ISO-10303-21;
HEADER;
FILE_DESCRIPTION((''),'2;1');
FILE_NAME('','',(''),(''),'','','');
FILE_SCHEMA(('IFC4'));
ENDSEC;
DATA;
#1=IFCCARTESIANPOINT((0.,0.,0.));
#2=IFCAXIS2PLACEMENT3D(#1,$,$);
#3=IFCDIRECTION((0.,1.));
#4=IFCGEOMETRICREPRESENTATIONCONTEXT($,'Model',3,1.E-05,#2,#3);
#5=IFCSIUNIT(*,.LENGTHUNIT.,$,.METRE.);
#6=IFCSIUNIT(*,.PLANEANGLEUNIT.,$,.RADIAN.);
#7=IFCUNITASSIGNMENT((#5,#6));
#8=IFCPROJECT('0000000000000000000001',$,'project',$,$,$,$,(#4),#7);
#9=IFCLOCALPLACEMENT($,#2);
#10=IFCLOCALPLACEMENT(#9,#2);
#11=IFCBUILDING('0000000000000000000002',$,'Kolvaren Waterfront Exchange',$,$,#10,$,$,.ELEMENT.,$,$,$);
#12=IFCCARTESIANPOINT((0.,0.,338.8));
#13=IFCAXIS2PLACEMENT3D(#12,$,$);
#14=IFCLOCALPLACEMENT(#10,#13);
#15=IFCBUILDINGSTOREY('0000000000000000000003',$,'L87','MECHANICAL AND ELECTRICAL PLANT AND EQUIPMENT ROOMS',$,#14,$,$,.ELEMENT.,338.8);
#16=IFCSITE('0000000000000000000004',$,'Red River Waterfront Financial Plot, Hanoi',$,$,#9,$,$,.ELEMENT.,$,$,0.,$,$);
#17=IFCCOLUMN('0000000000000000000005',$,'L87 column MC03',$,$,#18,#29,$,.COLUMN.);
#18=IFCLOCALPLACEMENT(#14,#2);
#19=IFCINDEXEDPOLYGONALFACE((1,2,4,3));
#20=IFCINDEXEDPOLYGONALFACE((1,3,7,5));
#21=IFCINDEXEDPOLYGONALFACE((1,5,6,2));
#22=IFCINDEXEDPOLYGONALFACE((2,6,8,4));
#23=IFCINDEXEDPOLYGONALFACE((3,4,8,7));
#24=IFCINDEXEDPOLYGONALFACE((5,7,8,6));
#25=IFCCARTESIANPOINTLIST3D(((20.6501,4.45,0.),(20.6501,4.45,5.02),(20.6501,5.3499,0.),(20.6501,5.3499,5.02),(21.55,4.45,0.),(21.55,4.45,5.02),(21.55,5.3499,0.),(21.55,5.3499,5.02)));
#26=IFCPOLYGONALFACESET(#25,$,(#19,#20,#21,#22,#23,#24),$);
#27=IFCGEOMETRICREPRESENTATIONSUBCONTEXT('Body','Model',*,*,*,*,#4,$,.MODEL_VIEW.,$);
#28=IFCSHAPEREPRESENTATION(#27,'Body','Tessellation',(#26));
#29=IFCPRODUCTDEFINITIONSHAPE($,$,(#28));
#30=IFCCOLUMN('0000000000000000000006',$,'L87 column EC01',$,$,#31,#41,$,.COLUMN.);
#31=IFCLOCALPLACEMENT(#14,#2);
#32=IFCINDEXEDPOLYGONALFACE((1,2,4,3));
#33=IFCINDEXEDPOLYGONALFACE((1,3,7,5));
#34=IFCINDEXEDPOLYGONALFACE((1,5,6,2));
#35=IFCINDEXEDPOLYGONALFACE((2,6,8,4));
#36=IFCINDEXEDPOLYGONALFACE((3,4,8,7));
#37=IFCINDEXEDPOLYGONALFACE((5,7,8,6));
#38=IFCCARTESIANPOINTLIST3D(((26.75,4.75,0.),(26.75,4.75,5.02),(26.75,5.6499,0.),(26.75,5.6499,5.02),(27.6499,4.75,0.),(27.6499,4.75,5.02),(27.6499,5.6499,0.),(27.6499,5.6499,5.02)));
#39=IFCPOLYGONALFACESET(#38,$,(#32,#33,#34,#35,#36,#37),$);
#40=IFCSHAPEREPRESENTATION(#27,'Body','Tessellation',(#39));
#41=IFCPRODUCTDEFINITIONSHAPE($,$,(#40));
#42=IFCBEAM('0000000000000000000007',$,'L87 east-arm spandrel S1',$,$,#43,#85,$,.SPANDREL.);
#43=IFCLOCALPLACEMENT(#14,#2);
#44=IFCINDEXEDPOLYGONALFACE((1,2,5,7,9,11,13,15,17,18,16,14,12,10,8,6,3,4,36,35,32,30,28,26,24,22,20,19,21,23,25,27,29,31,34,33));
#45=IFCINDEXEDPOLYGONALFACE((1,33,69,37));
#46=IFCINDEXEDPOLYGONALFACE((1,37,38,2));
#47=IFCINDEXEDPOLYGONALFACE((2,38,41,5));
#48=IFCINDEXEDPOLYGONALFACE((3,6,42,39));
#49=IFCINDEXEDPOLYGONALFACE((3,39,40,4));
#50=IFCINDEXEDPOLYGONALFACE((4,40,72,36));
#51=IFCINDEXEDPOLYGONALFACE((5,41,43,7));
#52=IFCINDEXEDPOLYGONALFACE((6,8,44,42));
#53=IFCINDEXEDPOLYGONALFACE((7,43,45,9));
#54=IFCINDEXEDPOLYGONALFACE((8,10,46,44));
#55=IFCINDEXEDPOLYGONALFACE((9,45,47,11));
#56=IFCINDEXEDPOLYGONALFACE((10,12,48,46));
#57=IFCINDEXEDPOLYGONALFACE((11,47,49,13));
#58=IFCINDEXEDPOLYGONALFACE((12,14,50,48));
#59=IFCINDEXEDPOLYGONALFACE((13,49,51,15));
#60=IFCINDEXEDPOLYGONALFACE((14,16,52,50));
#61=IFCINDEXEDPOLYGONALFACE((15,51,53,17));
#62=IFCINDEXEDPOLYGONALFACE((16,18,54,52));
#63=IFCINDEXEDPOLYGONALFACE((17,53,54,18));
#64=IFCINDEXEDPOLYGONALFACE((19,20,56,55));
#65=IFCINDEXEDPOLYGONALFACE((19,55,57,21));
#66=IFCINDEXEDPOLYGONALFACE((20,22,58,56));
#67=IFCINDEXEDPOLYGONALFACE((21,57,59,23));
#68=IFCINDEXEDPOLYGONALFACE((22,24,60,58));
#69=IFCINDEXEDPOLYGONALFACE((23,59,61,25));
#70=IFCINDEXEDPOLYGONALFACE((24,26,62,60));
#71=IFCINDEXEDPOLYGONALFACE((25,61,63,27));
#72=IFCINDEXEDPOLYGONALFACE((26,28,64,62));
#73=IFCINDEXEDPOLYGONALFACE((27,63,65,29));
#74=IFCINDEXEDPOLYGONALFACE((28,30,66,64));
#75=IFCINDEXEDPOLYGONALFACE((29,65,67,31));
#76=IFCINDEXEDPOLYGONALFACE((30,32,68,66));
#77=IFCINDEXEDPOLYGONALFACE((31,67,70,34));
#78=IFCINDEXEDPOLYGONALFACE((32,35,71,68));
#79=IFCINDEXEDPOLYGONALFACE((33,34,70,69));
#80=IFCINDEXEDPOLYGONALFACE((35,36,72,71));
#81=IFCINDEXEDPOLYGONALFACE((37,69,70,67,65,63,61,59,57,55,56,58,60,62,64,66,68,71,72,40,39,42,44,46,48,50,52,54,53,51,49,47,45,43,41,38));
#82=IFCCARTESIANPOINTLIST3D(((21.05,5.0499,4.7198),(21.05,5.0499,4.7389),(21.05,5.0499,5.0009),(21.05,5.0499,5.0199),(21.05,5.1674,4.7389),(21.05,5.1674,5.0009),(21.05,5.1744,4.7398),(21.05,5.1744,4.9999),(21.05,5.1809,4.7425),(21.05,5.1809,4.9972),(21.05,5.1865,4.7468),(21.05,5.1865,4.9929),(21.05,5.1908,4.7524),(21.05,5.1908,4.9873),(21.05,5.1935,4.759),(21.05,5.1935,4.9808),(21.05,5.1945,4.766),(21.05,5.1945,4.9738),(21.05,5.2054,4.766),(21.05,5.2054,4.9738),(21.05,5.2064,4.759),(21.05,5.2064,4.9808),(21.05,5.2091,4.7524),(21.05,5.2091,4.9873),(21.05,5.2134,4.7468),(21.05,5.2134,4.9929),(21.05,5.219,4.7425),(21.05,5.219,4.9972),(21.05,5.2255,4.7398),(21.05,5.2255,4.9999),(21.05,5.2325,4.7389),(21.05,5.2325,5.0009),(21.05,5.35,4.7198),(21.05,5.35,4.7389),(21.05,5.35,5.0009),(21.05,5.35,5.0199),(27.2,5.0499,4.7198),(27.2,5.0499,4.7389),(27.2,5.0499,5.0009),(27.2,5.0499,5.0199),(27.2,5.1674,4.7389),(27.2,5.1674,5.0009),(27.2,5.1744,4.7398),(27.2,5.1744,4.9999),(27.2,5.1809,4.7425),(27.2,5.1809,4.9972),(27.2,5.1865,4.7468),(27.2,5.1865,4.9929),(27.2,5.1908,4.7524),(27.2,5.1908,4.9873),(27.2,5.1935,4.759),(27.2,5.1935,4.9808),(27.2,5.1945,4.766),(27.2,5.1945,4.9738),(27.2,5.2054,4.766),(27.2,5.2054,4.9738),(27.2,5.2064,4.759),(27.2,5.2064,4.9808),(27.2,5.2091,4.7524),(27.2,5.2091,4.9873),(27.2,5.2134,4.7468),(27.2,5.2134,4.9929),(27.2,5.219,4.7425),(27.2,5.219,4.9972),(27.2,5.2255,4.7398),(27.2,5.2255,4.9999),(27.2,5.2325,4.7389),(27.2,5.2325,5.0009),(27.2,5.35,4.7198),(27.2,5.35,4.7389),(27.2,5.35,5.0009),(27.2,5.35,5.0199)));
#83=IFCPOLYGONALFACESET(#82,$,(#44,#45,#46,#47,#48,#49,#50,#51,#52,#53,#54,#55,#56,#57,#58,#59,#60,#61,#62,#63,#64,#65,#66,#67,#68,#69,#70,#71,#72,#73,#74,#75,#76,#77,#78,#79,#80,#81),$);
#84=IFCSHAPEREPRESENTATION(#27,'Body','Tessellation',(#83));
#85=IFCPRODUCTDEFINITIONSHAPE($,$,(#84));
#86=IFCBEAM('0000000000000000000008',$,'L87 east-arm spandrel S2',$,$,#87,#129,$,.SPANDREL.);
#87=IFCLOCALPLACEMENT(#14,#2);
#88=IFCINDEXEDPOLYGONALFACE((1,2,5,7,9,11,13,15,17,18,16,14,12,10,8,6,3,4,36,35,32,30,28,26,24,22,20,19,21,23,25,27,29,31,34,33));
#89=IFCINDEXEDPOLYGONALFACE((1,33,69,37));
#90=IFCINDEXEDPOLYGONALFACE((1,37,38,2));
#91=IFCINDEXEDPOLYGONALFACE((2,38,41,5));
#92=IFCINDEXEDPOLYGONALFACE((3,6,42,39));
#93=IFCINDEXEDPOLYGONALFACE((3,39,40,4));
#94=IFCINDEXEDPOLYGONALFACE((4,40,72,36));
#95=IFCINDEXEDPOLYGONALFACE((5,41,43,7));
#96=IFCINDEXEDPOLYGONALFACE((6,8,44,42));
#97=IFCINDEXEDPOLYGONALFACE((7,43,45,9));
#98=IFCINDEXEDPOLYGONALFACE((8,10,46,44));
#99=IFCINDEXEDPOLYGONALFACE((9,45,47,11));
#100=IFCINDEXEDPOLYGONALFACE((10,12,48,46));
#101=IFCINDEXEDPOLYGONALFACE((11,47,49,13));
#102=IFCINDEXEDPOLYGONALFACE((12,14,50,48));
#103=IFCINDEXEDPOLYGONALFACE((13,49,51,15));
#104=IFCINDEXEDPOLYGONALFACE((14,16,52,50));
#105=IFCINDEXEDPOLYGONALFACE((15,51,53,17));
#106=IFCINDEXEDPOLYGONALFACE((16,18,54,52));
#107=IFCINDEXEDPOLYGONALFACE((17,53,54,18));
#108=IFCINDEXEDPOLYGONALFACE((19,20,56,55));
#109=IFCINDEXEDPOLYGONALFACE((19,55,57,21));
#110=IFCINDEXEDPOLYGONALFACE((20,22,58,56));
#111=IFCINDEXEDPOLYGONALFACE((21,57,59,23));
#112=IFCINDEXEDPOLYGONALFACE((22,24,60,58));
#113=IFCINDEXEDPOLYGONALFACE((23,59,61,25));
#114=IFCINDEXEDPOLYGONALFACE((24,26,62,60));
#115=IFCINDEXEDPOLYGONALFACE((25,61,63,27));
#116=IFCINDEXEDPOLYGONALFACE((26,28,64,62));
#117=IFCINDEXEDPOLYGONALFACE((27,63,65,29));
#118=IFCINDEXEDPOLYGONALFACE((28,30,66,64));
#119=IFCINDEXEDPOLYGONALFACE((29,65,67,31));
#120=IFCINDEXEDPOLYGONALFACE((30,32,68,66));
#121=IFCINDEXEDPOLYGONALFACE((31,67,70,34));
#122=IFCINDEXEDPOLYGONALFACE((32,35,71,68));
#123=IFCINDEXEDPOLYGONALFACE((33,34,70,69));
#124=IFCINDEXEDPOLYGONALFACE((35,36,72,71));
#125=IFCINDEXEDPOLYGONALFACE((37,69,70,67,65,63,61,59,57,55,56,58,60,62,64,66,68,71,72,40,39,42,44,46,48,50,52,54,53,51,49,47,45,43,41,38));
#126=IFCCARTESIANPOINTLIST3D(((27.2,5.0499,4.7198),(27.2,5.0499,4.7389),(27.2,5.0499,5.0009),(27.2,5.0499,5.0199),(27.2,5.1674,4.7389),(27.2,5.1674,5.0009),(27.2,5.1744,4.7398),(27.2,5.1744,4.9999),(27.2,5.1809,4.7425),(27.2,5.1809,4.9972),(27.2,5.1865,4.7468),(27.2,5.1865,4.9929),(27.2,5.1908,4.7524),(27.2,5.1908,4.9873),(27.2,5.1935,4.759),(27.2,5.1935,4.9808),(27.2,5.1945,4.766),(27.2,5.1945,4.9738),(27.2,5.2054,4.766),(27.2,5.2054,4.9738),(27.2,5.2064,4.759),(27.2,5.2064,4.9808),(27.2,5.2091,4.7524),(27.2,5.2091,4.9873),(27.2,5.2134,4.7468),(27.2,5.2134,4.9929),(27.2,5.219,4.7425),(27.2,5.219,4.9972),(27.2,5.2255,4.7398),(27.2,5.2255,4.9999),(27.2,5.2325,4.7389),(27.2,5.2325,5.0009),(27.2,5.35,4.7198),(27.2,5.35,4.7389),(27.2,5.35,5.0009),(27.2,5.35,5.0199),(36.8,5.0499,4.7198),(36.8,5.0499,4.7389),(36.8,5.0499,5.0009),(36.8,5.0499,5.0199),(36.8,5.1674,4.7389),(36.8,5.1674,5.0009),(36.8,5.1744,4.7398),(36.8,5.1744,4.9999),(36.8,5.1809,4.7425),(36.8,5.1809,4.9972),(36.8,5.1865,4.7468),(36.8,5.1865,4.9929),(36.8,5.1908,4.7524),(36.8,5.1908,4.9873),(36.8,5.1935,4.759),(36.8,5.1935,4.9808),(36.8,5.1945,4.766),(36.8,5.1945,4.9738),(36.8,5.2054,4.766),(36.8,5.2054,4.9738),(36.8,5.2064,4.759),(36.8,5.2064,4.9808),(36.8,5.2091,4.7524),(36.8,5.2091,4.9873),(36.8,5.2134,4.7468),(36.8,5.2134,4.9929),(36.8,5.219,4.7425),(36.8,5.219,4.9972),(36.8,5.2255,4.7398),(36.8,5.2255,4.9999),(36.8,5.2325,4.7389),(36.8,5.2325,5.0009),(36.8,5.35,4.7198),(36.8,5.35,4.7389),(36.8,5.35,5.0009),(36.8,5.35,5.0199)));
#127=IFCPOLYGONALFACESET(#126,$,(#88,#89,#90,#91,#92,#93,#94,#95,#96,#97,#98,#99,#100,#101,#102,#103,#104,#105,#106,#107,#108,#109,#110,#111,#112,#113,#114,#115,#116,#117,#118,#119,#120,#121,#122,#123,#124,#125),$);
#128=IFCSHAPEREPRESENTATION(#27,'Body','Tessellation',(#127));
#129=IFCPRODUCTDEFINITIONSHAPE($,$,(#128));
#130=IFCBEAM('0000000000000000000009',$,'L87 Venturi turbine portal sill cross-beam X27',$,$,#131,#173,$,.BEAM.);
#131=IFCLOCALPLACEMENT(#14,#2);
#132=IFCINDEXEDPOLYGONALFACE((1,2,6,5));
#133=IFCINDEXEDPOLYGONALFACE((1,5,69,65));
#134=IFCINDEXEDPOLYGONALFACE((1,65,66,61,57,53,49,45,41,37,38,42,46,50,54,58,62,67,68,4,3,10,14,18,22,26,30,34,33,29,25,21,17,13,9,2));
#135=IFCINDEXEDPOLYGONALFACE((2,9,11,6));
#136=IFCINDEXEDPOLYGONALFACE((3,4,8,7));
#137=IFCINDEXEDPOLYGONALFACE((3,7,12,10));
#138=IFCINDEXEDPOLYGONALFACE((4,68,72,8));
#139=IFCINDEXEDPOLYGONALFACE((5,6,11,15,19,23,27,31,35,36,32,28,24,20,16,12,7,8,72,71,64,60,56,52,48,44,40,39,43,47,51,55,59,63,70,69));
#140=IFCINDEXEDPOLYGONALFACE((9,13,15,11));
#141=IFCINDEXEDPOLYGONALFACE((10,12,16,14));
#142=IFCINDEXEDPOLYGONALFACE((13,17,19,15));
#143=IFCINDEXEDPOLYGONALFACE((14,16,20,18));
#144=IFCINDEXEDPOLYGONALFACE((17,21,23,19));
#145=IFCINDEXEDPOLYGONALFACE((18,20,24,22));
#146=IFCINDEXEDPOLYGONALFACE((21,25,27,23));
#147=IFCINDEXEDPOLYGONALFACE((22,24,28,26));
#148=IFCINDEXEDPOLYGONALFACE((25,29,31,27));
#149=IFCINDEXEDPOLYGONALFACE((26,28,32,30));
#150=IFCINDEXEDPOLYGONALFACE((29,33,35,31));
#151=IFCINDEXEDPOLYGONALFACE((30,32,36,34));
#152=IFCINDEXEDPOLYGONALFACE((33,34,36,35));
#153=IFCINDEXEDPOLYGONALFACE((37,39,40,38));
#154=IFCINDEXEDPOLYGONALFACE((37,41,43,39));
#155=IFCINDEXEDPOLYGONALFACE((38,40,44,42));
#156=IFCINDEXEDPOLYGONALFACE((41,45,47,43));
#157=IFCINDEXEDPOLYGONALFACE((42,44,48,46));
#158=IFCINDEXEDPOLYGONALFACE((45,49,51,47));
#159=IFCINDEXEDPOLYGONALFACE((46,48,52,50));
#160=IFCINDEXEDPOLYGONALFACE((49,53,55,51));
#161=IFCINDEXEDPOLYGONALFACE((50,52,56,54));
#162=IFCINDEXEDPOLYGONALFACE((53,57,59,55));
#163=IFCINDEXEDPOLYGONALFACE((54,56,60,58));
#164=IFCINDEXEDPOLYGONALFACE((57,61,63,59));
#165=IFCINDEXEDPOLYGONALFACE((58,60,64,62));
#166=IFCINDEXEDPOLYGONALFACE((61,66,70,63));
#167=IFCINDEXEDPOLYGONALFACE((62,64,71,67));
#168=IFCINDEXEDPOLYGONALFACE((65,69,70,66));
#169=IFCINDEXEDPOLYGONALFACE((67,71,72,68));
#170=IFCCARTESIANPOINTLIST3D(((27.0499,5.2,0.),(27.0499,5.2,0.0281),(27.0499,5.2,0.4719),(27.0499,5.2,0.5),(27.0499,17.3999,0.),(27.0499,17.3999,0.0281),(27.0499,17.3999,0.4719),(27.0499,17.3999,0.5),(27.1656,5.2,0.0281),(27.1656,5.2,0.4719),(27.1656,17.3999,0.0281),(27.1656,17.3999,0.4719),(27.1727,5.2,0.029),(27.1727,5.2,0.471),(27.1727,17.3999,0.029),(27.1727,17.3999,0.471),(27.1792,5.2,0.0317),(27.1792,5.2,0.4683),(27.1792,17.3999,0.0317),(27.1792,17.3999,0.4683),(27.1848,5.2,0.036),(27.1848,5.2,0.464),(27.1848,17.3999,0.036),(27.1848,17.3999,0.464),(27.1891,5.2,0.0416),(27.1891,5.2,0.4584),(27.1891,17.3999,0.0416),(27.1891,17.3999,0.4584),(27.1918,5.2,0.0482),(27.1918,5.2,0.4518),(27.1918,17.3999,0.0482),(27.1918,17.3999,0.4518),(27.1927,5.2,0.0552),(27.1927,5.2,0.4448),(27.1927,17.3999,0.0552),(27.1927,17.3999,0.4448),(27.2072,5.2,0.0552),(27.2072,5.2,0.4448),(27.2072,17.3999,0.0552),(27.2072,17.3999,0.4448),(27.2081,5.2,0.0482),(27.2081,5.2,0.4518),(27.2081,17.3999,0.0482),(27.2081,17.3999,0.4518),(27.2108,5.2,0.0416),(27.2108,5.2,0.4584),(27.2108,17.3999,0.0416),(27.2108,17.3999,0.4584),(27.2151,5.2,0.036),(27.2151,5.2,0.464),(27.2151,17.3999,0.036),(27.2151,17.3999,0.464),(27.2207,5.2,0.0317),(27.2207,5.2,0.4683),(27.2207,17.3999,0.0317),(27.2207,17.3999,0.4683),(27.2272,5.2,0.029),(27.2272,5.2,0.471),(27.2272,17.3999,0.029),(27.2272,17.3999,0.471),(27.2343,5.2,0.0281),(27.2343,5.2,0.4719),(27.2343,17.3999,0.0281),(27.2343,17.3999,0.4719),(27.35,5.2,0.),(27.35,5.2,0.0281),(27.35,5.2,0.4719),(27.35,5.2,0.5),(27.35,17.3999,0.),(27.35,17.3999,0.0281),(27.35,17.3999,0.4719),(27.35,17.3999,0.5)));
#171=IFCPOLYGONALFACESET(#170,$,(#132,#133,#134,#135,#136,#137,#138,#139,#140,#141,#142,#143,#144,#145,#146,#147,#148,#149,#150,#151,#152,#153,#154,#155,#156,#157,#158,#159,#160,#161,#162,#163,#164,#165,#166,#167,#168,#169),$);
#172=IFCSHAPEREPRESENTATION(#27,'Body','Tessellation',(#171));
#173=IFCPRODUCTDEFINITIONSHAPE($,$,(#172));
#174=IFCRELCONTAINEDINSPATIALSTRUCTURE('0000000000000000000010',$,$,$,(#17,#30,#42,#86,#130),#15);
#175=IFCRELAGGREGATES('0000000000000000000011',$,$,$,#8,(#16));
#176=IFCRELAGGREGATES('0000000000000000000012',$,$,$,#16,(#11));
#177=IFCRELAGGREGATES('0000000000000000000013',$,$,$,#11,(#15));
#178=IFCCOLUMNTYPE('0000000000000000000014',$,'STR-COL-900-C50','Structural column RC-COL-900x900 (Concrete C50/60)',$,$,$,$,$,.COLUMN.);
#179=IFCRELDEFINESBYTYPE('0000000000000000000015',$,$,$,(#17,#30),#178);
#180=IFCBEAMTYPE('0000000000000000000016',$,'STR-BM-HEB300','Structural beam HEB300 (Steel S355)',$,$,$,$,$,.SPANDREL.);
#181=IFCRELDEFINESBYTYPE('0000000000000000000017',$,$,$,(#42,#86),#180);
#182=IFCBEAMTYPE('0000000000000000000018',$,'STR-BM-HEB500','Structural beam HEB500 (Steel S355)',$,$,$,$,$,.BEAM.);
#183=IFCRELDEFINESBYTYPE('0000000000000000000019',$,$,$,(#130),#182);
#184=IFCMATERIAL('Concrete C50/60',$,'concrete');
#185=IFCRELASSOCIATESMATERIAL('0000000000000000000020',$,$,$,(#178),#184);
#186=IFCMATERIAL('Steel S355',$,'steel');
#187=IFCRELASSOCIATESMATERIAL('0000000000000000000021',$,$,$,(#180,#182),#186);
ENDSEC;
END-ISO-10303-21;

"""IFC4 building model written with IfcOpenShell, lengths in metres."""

from ifc_helpers import new_model, si_unit, direction, frame, origin, origin_2d, place, context, subcontext, project, spatial, rectangle, i_section, extrude, material, material_profile, profile_set, type_object, element, save


model = new_model("IFC4")

# Units and contexts
model_context = context("Model", 3, precision=1e-05, world=origin(), true_north=direction((0.0, 1.0)))
body_context = subcontext(model_context, "Body", "Model", "MODEL_VIEW")
ifc_project = project(units=[si_unit("LENGTHUNIT", "METRE"), si_unit("PLANEANGLEUNIT", "RADIAN")], contexts=[model_context])

# Site, building, storey
site_placement = place(None, origin())
site = spatial("IfcSite", under=ifc_project, at=site_placement, Name="Red River Waterfront Financial Plot, Hanoi", CompositionType="ELEMENT", RefElevation=0.0)
building_placement = place(site_placement, origin())
building = spatial("IfcBuilding", under=site, at=building_placement, Name="Kolvaren Waterfront Exchange", CompositionType="ELEMENT")
storey_placement = place(building_placement, frame((0.0, 0.0, 338.8)))
storey = spatial("IfcBuildingStorey", under=building, at=storey_placement, Name="L87", Description="MECHANICAL AND ELECTRICAL PLANT AND EQUIPMENT ROOMS", CompositionType="ELEMENT", Elevation=338.8)

# Columns
ifc_material_1 = material(Name="Concrete C50/60", Category="concrete")
ifc_material_profile_1 = material_profile(ifc_material_1, rectangle(XDim=0.8999, YDim=0.8999, at=origin_2d()), Name="RC-COL-900x900")
ifc_profile_set_1 = profile_set([ifc_material_profile_1], Name="Concrete C50/60")
column_type = type_object("IfcColumnType", Name="STR-COL-900-C50", Description="Structural column RC-COL-900x900 (Concrete C50/60)", PredefinedType="COLUMN", material=ifc_profile_set_1)
for number, where, z_axis, x_axis, name in (
    (1, (21.1001, 4.8999, 0.0), (0.0, 0.0, 1.0), (1.0, 0.0, 0.0), "L87 column MC03"),
    (2, (27.2, 5.2, 0.0), (0.0, 0.0, 1.0), (1.0, 0.0, 0.0), "L87 column EC01"),
):
    element("IfcColumn", number, at=place(storey_placement, frame(where, z_axis=z_axis, x_axis=x_axis)), inside=storey, type_object=column_type, Name=name, PredefinedType="COLUMN", context=body_context, shape_type="SweptSolid", body=[
        extrude(rectangle(XDim=0.8999, YDim=0.8999, at=origin_2d()), origin(), (0.0, 0.0, 1.0), 5.02),
    ])

# Beams
ifc_material_2 = material(Name="Steel S355", Category="steel")
ifc_material_profile_2 = material_profile(ifc_material_2, i_section(OverallWidth=0.3, OverallDepth=0.3, WebThickness=0.011, FlangeThickness=0.019, FilletRadius=0.0271, at=origin_2d()), Name="HEB300")
ifc_profile_set_2 = profile_set([ifc_material_profile_2], Name="Steel S355")
beam_type_1 = type_object("IfcBeamType", Name="STR-BM-HEB300", Description="Structural beam HEB300 (Steel S355)", PredefinedType="SPANDREL", material=ifc_profile_set_2)
beam_1_placement = place(storey_placement, frame((21.05, 5.2, 4.8699), z_axis=(1.0, 0.0, 0.0), x_axis=(0.0, 1.0, 0.0)))
element("IfcBeam", 3, at=beam_1_placement, inside=storey, type_object=beam_type_1, Name="L87 east-arm spandrel S1", PredefinedType="SPANDREL", context=body_context, shape_type="SweptSolid", body=[
    extrude(i_section(OverallWidth=0.3, OverallDepth=0.3, WebThickness=0.011, FlangeThickness=0.019, FilletRadius=0.0271, at=origin_2d()), origin(), (0.0, 0.0, 1.0), 6.1499),
])
beam_2_placement = place(storey_placement, frame((27.2, 5.2, 4.8699), z_axis=(1.0, 0.0, 0.0), x_axis=(0.0, 1.0, 0.0)))
element("IfcBeam", 4, at=beam_2_placement, inside=storey, type_object=beam_type_1, Name="L87 east-arm spandrel S2", PredefinedType="SPANDREL", context=body_context, shape_type="SweptSolid", body=[
    extrude(i_section(OverallWidth=0.3, OverallDepth=0.3, WebThickness=0.011, FlangeThickness=0.019, FilletRadius=0.0271, at=origin_2d()), origin(), (0.0, 0.0, 1.0), 9.6001),
])
ifc_material_profile_3 = material_profile(ifc_material_2, i_section(OverallWidth=0.3, OverallDepth=0.5, WebThickness=0.0144, FlangeThickness=0.0281, FilletRadius=0.0271, at=origin_2d()), Name="HEB500")
ifc_profile_set_3 = profile_set([ifc_material_profile_3], Name="Steel S355")
beam_type_2 = type_object("IfcBeamType", Name="STR-BM-HEB500", Description="Structural beam HEB500 (Steel S355)", PredefinedType="BEAM", material=ifc_profile_set_3)
for number, where, z_axis, x_axis, name in (
    (5, (27.2, 5.2, 0.25), (0.0, 1.0, 0.0), (-1.0, 0.0, 0.0), "L87 Venturi turbine portal sill cross-beam X27"),
):
    element("IfcBeam", number, at=place(storey_placement, frame(where, z_axis=z_axis, x_axis=x_axis)), inside=storey, type_object=beam_type_2, Name=name, PredefinedType="BEAM", context=body_context, shape_type="SweptSolid", body=[
        extrude(i_section(OverallWidth=0.3, OverallDepth=0.5, WebThickness=0.0144, FlangeThickness=0.0281, FilletRadius=0.0271, at=origin_2d()), origin(), (0.0, 0.0, 1.0), 12.2),
    ])

save(model, "model.ifc")
